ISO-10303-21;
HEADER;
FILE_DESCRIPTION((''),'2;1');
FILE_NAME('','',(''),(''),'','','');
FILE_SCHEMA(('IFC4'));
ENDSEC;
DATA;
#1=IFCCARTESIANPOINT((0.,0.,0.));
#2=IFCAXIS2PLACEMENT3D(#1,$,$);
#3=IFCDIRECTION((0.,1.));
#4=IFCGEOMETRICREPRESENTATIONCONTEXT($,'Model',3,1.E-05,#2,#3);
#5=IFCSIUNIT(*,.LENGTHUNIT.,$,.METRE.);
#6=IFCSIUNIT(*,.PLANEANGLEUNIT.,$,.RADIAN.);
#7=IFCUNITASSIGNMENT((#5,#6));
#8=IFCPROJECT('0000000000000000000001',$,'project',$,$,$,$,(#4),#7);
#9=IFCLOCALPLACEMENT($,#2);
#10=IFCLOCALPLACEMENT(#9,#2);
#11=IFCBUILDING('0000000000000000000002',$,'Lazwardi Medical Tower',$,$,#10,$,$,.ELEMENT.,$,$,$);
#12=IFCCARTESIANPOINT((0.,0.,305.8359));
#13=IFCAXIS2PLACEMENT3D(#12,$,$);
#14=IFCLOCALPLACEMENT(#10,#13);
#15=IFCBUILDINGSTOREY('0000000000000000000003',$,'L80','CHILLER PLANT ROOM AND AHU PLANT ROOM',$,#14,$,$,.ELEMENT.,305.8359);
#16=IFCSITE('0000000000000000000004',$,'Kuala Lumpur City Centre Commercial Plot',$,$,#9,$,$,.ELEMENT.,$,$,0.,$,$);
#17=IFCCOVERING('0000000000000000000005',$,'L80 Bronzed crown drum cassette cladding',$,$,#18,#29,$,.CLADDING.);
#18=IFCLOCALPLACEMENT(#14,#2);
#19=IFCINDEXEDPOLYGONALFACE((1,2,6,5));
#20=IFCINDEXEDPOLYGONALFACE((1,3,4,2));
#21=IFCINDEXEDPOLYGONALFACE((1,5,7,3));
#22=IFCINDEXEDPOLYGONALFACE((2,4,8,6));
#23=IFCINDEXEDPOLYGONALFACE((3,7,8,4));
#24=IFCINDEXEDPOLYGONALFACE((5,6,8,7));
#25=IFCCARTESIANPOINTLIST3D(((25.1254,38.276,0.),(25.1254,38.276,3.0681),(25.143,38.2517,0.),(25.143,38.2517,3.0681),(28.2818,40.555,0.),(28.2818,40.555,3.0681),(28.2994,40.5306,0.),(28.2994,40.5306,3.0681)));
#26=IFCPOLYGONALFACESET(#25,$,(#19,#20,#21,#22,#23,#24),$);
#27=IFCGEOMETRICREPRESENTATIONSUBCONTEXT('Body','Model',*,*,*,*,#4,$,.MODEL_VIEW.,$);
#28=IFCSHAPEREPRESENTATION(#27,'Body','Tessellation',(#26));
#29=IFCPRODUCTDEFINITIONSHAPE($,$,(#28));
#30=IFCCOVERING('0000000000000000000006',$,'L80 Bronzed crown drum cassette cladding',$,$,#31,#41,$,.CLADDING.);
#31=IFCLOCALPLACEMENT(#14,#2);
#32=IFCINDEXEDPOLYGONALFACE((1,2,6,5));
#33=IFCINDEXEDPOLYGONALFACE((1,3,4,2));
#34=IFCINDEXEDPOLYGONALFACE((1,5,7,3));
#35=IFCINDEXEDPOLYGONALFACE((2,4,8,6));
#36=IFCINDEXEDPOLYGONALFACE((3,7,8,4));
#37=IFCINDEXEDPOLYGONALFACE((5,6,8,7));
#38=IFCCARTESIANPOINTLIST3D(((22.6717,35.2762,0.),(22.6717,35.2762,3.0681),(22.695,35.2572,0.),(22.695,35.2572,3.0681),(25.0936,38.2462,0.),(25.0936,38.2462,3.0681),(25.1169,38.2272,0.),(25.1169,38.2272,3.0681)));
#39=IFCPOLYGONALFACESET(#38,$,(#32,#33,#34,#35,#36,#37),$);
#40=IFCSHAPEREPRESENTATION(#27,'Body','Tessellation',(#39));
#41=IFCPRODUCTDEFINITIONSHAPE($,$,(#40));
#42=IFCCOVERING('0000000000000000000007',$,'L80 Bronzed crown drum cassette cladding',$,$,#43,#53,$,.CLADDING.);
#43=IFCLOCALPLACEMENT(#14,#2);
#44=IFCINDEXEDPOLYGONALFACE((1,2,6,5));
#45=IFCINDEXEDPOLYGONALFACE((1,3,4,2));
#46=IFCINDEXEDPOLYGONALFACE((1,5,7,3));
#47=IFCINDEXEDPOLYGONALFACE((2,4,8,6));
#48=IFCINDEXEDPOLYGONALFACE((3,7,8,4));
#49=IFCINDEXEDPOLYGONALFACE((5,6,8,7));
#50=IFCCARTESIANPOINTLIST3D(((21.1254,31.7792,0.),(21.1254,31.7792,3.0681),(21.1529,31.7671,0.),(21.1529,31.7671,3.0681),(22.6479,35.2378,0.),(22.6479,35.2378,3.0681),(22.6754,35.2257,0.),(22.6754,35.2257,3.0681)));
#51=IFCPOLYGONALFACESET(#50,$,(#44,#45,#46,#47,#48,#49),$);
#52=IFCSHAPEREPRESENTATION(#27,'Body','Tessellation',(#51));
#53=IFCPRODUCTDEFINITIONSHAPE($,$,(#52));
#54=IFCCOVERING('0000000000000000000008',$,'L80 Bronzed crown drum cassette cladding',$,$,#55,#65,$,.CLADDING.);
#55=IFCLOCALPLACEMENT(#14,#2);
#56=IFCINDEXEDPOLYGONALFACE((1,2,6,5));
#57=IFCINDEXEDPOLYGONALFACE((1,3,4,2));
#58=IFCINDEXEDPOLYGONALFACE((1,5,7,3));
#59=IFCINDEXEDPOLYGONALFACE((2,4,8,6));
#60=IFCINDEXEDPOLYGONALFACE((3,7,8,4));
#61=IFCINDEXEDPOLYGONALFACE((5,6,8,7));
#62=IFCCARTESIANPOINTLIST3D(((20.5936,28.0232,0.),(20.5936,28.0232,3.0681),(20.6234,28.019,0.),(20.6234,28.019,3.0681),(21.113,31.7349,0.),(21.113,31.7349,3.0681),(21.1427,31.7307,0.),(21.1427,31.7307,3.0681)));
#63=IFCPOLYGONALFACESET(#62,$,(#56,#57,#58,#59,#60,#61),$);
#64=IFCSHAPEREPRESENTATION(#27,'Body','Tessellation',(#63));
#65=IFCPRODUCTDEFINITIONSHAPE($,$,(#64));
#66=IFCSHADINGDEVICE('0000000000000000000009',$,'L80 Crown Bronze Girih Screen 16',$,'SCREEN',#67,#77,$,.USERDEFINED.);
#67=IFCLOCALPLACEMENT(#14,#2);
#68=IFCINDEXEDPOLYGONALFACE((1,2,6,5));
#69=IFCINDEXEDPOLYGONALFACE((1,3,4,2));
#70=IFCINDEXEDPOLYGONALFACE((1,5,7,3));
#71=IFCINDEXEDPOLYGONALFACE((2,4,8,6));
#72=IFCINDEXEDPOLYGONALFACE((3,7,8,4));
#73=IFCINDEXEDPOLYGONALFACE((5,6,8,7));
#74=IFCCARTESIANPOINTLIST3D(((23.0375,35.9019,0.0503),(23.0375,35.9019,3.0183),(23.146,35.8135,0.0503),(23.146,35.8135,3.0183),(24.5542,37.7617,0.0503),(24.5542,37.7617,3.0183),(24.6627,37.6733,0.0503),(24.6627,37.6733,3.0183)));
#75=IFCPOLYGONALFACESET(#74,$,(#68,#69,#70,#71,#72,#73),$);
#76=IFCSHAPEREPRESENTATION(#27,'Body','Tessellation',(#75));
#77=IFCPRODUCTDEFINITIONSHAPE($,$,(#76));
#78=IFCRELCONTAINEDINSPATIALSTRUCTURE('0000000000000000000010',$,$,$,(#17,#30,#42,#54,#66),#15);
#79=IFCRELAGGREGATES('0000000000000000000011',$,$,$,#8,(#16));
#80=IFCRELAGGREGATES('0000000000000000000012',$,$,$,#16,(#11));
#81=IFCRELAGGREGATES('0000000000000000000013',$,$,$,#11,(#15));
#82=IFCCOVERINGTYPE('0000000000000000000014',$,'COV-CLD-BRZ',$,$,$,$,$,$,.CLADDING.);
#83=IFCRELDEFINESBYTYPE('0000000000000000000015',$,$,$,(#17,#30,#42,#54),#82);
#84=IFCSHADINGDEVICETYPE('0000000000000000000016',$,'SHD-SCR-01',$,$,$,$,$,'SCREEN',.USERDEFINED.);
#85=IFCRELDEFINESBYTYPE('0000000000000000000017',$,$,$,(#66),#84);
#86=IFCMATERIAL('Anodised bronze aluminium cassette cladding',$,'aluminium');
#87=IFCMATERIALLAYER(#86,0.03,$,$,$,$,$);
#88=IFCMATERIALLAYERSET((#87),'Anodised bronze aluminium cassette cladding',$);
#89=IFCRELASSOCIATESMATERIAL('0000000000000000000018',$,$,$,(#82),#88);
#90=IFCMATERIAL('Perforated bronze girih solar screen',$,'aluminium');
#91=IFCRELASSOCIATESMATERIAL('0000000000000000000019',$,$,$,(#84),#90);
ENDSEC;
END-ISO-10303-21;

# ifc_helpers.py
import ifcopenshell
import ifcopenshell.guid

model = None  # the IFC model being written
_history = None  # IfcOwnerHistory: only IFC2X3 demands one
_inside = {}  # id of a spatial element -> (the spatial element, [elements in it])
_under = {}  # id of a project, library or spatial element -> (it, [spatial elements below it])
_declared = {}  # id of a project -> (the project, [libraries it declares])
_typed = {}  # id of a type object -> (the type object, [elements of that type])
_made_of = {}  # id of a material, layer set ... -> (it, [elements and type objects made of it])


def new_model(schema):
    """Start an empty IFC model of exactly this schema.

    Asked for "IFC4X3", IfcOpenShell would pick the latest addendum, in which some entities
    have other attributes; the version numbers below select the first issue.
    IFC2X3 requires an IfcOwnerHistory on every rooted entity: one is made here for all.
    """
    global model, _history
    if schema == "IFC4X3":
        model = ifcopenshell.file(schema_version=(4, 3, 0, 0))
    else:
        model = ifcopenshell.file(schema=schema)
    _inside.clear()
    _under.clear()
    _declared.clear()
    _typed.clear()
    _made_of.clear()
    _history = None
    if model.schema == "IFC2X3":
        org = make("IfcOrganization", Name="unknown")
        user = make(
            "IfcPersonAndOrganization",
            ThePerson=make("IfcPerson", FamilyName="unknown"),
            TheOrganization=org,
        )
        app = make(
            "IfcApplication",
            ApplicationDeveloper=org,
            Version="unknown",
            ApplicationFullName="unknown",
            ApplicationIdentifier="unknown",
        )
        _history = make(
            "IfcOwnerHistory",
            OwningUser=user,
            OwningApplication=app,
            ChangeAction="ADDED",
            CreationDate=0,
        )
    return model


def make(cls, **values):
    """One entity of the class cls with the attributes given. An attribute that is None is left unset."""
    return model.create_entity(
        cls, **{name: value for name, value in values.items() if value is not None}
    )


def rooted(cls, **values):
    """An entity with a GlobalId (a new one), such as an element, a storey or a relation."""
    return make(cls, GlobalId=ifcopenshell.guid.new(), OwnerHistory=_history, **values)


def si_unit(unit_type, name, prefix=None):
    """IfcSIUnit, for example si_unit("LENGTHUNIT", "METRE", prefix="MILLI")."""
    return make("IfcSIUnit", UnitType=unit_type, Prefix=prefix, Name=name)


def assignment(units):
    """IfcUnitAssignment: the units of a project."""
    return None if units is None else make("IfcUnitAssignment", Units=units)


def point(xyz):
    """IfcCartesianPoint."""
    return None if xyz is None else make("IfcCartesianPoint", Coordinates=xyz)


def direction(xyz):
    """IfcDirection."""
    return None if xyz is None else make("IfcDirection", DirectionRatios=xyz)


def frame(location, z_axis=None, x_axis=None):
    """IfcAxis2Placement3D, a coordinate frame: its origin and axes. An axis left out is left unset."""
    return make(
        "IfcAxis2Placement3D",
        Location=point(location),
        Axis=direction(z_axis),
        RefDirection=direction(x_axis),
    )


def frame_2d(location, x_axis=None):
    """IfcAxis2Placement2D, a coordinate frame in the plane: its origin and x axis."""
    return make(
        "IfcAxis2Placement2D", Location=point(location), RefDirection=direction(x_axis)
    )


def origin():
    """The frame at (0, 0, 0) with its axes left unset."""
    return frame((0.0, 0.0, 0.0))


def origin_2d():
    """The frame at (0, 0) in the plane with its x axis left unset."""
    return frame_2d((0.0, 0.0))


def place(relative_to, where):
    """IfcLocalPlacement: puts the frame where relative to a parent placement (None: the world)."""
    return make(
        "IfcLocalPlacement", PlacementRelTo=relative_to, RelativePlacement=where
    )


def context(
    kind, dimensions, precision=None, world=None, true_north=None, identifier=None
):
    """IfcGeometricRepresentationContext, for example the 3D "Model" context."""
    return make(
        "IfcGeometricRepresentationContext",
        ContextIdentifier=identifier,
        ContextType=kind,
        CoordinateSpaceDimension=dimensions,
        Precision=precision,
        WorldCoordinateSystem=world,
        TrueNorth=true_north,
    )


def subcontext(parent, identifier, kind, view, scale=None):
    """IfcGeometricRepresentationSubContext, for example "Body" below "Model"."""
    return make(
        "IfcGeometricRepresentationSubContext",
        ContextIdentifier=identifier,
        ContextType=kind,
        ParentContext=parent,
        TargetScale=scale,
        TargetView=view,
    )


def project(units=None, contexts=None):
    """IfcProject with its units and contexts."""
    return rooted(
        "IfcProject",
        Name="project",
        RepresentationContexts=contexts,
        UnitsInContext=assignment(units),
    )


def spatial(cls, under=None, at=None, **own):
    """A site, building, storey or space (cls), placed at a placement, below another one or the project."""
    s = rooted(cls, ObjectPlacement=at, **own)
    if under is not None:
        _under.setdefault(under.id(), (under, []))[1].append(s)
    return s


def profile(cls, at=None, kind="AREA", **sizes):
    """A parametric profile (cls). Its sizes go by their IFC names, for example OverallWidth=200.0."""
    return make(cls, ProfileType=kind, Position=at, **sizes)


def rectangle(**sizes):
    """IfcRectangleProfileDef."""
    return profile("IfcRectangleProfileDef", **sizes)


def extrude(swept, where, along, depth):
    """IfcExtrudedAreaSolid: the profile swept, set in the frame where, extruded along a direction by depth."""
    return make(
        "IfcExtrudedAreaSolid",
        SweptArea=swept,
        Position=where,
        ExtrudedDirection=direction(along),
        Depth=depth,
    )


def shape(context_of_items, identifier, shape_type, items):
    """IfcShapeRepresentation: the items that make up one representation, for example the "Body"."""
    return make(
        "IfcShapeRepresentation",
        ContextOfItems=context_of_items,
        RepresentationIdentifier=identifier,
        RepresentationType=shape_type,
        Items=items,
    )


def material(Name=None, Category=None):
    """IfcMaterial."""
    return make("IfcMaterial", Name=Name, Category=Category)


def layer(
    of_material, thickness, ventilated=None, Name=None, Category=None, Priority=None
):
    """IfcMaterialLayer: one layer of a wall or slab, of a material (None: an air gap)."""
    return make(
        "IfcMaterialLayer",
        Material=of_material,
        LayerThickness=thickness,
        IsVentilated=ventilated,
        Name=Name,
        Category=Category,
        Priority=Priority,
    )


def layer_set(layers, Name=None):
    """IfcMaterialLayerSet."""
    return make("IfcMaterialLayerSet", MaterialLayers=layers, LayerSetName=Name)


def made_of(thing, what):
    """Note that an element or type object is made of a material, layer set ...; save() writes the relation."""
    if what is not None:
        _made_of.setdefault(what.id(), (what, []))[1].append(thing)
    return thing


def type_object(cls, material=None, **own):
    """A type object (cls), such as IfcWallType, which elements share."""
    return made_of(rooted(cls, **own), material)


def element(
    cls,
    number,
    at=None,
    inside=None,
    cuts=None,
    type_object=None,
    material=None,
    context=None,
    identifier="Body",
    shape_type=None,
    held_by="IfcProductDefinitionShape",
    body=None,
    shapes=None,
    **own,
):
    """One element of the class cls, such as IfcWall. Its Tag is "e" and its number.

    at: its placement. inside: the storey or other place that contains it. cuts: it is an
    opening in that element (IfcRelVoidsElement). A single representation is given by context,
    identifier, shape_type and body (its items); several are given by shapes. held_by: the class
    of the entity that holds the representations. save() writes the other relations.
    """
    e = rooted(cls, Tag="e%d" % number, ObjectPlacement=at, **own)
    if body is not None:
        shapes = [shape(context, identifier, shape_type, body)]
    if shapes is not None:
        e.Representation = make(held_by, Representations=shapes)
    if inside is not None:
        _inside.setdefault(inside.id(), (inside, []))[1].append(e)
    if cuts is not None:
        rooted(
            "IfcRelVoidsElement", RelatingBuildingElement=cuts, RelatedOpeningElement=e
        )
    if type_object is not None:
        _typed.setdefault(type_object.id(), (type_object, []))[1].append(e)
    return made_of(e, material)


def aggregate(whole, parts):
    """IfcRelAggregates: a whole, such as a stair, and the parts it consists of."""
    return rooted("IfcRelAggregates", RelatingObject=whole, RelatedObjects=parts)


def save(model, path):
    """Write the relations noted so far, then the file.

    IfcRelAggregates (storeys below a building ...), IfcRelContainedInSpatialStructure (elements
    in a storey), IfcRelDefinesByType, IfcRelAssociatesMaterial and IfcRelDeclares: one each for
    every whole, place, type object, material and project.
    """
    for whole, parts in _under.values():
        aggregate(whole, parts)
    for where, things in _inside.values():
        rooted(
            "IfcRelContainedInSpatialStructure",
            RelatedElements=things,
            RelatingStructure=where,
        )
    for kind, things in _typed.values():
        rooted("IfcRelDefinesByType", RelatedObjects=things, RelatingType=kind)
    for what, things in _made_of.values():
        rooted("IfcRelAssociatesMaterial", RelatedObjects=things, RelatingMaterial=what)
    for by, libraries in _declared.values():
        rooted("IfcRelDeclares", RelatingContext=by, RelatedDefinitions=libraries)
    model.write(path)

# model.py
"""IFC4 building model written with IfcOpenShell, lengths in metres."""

from ifc_helpers import new_model, si_unit, direction, frame, origin, origin_2d, place, context, subcontext, project, spatial, rectangle, extrude, material, layer, layer_set, type_object, element, save


model = new_model("IFC4")

# Units and contexts
model_context = context("Model", 3, precision=1e-05, world=origin(), true_north=direction((0.0, 1.0)))
body_context = subcontext(model_context, "Body", "Model", "MODEL_VIEW")
ifc_project = project(units=[si_unit("LENGTHUNIT", "METRE"), si_unit("PLANEANGLEUNIT", "RADIAN")], contexts=[model_context])

# Site, building, storey
site_placement = place(None, origin())
site = spatial("IfcSite", under=ifc_project, at=site_placement, Name="Kuala Lumpur City Centre Commercial Plot", CompositionType="ELEMENT", RefElevation=0.0)
building_placement = place(site_placement, origin())
building = spatial("IfcBuilding", under=site, at=building_placement, Name="Lazwardi Medical Tower", CompositionType="ELEMENT")
storey_placement = place(building_placement, frame((0.0, 0.0, 305.8359)))
storey = spatial("IfcBuildingStorey", under=building, at=storey_placement, Name="L80", Description="CHILLER PLANT ROOM AND AHU PLANT ROOM", CompositionType="ELEMENT", Elevation=305.8359)

# Coverings
ifc_material_1 = material(Name="Anodised bronze aluminium cassette cladding", Category="aluminium")
ifc_layer_1 = layer(ifc_material_1, 0.03)
ifc_layer_set_1 = layer_set([ifc_layer_1], Name="Anodised bronze aluminium cassette cladding")
covering_type = type_object("IfcCoveringType", Name="COV-CLD-BRZ", PredefinedType="CLADDING", material=ifc_layer_set_1)
covering_1_placement = place(storey_placement, frame((26.7124, 39.4033, 0.0), z_axis=(0.0, 0.0, 1.0), x_axis=(-0.810758, -0.585381, 0.0)))
element("IfcCovering", 1, at=covering_1_placement, inside=storey, type_object=covering_type, Name="L80 Bronzed crown drum cassette cladding", PredefinedType="CLADDING", context=body_context, shape_type="SweptSolid", body=[
    extrude(rectangle(XDim=3.8931, YDim=0.03, at=origin_2d()), origin(), (0.0, 0.0, 1.0), 3.0681),
])
covering_2_placement = place(storey_placement, frame((23.8943, 36.7517, 0.0), z_axis=(0.0, 0.0, 1.0), x_axis=(-0.631983, -0.774982, 0.0)))
element("IfcCovering", 2, at=covering_2_placement, inside=storey, type_object=covering_type, Name="L80 Bronzed crown drum cassette cladding", PredefinedType="CLADDING", context=body_context, shape_type="SweptSolid", body=[
    extrude(rectangle(XDim=3.8323, YDim=0.03, at=origin_2d()), origin(), (0.0, 0.0, 1.0), 3.0681),
])
covering_3_placement = place(storey_placement, frame((21.9004, 33.5024, 0.0), z_axis=(0.0, 0.0, 1.0), x_axis=(-0.402906, -0.915241, 0.0)))
element("IfcCovering", 3, at=covering_3_placement, inside=storey, type_object=covering_type, Name="L80 Bronzed crown drum cassette cladding", PredefinedType="CLADDING", context=body_context, shape_type="SweptSolid", body=[
    extrude(rectangle(XDim=3.7788, YDim=0.03, at=origin_2d()), origin(), (0.0, 0.0, 1.0), 3.0681),
])
covering_4_placement = place(storey_placement, frame((20.8682, 29.877, 0.0), z_axis=(0.0, 0.0, 1.0), x_axis=(-0.138566, -0.990353, 0.0)))
element("IfcCovering", 4, at=covering_4_placement, inside=storey, type_object=covering_type, Name="L80 Bronzed crown drum cassette cladding", PredefinedType="CLADDING", context=body_context, shape_type="SweptSolid", body=[
    extrude(rectangle(XDim=3.7478, YDim=0.03, at=origin_2d()), origin(), (0.0, 0.0, 1.0), 3.0681),
])

# Shading device
ifc_material_2 = material(Name="Perforated bronze girih solar screen", Category="aluminium")
shading_device_type = type_object("IfcShadingDeviceType", Name="SHD-SCR-01", ElementType="SCREEN", PredefinedType="USERDEFINED", material=ifc_material_2)
shading_device_placement = place(storey_placement, frame((23.8501, 36.7876, 0.0503), z_axis=(0.0, 0.0, 1.0), x_axis=(-0.631983, -0.774982, 0.0)))
element("IfcShadingDevice", 5, at=shading_device_placement, inside=storey, type_object=shading_device_type, Name="L80 Crown Bronze Girih Screen 16", ObjectType="SCREEN", PredefinedType="USERDEFINED", context=body_context, shape_type="SweptSolid", body=[
    extrude(rectangle(XDim=2.3999, YDim=0.1399, at=origin_2d()), origin(), (0.0, 0.0, 1.0), 2.968),
])

save(model, "model.ifc")
